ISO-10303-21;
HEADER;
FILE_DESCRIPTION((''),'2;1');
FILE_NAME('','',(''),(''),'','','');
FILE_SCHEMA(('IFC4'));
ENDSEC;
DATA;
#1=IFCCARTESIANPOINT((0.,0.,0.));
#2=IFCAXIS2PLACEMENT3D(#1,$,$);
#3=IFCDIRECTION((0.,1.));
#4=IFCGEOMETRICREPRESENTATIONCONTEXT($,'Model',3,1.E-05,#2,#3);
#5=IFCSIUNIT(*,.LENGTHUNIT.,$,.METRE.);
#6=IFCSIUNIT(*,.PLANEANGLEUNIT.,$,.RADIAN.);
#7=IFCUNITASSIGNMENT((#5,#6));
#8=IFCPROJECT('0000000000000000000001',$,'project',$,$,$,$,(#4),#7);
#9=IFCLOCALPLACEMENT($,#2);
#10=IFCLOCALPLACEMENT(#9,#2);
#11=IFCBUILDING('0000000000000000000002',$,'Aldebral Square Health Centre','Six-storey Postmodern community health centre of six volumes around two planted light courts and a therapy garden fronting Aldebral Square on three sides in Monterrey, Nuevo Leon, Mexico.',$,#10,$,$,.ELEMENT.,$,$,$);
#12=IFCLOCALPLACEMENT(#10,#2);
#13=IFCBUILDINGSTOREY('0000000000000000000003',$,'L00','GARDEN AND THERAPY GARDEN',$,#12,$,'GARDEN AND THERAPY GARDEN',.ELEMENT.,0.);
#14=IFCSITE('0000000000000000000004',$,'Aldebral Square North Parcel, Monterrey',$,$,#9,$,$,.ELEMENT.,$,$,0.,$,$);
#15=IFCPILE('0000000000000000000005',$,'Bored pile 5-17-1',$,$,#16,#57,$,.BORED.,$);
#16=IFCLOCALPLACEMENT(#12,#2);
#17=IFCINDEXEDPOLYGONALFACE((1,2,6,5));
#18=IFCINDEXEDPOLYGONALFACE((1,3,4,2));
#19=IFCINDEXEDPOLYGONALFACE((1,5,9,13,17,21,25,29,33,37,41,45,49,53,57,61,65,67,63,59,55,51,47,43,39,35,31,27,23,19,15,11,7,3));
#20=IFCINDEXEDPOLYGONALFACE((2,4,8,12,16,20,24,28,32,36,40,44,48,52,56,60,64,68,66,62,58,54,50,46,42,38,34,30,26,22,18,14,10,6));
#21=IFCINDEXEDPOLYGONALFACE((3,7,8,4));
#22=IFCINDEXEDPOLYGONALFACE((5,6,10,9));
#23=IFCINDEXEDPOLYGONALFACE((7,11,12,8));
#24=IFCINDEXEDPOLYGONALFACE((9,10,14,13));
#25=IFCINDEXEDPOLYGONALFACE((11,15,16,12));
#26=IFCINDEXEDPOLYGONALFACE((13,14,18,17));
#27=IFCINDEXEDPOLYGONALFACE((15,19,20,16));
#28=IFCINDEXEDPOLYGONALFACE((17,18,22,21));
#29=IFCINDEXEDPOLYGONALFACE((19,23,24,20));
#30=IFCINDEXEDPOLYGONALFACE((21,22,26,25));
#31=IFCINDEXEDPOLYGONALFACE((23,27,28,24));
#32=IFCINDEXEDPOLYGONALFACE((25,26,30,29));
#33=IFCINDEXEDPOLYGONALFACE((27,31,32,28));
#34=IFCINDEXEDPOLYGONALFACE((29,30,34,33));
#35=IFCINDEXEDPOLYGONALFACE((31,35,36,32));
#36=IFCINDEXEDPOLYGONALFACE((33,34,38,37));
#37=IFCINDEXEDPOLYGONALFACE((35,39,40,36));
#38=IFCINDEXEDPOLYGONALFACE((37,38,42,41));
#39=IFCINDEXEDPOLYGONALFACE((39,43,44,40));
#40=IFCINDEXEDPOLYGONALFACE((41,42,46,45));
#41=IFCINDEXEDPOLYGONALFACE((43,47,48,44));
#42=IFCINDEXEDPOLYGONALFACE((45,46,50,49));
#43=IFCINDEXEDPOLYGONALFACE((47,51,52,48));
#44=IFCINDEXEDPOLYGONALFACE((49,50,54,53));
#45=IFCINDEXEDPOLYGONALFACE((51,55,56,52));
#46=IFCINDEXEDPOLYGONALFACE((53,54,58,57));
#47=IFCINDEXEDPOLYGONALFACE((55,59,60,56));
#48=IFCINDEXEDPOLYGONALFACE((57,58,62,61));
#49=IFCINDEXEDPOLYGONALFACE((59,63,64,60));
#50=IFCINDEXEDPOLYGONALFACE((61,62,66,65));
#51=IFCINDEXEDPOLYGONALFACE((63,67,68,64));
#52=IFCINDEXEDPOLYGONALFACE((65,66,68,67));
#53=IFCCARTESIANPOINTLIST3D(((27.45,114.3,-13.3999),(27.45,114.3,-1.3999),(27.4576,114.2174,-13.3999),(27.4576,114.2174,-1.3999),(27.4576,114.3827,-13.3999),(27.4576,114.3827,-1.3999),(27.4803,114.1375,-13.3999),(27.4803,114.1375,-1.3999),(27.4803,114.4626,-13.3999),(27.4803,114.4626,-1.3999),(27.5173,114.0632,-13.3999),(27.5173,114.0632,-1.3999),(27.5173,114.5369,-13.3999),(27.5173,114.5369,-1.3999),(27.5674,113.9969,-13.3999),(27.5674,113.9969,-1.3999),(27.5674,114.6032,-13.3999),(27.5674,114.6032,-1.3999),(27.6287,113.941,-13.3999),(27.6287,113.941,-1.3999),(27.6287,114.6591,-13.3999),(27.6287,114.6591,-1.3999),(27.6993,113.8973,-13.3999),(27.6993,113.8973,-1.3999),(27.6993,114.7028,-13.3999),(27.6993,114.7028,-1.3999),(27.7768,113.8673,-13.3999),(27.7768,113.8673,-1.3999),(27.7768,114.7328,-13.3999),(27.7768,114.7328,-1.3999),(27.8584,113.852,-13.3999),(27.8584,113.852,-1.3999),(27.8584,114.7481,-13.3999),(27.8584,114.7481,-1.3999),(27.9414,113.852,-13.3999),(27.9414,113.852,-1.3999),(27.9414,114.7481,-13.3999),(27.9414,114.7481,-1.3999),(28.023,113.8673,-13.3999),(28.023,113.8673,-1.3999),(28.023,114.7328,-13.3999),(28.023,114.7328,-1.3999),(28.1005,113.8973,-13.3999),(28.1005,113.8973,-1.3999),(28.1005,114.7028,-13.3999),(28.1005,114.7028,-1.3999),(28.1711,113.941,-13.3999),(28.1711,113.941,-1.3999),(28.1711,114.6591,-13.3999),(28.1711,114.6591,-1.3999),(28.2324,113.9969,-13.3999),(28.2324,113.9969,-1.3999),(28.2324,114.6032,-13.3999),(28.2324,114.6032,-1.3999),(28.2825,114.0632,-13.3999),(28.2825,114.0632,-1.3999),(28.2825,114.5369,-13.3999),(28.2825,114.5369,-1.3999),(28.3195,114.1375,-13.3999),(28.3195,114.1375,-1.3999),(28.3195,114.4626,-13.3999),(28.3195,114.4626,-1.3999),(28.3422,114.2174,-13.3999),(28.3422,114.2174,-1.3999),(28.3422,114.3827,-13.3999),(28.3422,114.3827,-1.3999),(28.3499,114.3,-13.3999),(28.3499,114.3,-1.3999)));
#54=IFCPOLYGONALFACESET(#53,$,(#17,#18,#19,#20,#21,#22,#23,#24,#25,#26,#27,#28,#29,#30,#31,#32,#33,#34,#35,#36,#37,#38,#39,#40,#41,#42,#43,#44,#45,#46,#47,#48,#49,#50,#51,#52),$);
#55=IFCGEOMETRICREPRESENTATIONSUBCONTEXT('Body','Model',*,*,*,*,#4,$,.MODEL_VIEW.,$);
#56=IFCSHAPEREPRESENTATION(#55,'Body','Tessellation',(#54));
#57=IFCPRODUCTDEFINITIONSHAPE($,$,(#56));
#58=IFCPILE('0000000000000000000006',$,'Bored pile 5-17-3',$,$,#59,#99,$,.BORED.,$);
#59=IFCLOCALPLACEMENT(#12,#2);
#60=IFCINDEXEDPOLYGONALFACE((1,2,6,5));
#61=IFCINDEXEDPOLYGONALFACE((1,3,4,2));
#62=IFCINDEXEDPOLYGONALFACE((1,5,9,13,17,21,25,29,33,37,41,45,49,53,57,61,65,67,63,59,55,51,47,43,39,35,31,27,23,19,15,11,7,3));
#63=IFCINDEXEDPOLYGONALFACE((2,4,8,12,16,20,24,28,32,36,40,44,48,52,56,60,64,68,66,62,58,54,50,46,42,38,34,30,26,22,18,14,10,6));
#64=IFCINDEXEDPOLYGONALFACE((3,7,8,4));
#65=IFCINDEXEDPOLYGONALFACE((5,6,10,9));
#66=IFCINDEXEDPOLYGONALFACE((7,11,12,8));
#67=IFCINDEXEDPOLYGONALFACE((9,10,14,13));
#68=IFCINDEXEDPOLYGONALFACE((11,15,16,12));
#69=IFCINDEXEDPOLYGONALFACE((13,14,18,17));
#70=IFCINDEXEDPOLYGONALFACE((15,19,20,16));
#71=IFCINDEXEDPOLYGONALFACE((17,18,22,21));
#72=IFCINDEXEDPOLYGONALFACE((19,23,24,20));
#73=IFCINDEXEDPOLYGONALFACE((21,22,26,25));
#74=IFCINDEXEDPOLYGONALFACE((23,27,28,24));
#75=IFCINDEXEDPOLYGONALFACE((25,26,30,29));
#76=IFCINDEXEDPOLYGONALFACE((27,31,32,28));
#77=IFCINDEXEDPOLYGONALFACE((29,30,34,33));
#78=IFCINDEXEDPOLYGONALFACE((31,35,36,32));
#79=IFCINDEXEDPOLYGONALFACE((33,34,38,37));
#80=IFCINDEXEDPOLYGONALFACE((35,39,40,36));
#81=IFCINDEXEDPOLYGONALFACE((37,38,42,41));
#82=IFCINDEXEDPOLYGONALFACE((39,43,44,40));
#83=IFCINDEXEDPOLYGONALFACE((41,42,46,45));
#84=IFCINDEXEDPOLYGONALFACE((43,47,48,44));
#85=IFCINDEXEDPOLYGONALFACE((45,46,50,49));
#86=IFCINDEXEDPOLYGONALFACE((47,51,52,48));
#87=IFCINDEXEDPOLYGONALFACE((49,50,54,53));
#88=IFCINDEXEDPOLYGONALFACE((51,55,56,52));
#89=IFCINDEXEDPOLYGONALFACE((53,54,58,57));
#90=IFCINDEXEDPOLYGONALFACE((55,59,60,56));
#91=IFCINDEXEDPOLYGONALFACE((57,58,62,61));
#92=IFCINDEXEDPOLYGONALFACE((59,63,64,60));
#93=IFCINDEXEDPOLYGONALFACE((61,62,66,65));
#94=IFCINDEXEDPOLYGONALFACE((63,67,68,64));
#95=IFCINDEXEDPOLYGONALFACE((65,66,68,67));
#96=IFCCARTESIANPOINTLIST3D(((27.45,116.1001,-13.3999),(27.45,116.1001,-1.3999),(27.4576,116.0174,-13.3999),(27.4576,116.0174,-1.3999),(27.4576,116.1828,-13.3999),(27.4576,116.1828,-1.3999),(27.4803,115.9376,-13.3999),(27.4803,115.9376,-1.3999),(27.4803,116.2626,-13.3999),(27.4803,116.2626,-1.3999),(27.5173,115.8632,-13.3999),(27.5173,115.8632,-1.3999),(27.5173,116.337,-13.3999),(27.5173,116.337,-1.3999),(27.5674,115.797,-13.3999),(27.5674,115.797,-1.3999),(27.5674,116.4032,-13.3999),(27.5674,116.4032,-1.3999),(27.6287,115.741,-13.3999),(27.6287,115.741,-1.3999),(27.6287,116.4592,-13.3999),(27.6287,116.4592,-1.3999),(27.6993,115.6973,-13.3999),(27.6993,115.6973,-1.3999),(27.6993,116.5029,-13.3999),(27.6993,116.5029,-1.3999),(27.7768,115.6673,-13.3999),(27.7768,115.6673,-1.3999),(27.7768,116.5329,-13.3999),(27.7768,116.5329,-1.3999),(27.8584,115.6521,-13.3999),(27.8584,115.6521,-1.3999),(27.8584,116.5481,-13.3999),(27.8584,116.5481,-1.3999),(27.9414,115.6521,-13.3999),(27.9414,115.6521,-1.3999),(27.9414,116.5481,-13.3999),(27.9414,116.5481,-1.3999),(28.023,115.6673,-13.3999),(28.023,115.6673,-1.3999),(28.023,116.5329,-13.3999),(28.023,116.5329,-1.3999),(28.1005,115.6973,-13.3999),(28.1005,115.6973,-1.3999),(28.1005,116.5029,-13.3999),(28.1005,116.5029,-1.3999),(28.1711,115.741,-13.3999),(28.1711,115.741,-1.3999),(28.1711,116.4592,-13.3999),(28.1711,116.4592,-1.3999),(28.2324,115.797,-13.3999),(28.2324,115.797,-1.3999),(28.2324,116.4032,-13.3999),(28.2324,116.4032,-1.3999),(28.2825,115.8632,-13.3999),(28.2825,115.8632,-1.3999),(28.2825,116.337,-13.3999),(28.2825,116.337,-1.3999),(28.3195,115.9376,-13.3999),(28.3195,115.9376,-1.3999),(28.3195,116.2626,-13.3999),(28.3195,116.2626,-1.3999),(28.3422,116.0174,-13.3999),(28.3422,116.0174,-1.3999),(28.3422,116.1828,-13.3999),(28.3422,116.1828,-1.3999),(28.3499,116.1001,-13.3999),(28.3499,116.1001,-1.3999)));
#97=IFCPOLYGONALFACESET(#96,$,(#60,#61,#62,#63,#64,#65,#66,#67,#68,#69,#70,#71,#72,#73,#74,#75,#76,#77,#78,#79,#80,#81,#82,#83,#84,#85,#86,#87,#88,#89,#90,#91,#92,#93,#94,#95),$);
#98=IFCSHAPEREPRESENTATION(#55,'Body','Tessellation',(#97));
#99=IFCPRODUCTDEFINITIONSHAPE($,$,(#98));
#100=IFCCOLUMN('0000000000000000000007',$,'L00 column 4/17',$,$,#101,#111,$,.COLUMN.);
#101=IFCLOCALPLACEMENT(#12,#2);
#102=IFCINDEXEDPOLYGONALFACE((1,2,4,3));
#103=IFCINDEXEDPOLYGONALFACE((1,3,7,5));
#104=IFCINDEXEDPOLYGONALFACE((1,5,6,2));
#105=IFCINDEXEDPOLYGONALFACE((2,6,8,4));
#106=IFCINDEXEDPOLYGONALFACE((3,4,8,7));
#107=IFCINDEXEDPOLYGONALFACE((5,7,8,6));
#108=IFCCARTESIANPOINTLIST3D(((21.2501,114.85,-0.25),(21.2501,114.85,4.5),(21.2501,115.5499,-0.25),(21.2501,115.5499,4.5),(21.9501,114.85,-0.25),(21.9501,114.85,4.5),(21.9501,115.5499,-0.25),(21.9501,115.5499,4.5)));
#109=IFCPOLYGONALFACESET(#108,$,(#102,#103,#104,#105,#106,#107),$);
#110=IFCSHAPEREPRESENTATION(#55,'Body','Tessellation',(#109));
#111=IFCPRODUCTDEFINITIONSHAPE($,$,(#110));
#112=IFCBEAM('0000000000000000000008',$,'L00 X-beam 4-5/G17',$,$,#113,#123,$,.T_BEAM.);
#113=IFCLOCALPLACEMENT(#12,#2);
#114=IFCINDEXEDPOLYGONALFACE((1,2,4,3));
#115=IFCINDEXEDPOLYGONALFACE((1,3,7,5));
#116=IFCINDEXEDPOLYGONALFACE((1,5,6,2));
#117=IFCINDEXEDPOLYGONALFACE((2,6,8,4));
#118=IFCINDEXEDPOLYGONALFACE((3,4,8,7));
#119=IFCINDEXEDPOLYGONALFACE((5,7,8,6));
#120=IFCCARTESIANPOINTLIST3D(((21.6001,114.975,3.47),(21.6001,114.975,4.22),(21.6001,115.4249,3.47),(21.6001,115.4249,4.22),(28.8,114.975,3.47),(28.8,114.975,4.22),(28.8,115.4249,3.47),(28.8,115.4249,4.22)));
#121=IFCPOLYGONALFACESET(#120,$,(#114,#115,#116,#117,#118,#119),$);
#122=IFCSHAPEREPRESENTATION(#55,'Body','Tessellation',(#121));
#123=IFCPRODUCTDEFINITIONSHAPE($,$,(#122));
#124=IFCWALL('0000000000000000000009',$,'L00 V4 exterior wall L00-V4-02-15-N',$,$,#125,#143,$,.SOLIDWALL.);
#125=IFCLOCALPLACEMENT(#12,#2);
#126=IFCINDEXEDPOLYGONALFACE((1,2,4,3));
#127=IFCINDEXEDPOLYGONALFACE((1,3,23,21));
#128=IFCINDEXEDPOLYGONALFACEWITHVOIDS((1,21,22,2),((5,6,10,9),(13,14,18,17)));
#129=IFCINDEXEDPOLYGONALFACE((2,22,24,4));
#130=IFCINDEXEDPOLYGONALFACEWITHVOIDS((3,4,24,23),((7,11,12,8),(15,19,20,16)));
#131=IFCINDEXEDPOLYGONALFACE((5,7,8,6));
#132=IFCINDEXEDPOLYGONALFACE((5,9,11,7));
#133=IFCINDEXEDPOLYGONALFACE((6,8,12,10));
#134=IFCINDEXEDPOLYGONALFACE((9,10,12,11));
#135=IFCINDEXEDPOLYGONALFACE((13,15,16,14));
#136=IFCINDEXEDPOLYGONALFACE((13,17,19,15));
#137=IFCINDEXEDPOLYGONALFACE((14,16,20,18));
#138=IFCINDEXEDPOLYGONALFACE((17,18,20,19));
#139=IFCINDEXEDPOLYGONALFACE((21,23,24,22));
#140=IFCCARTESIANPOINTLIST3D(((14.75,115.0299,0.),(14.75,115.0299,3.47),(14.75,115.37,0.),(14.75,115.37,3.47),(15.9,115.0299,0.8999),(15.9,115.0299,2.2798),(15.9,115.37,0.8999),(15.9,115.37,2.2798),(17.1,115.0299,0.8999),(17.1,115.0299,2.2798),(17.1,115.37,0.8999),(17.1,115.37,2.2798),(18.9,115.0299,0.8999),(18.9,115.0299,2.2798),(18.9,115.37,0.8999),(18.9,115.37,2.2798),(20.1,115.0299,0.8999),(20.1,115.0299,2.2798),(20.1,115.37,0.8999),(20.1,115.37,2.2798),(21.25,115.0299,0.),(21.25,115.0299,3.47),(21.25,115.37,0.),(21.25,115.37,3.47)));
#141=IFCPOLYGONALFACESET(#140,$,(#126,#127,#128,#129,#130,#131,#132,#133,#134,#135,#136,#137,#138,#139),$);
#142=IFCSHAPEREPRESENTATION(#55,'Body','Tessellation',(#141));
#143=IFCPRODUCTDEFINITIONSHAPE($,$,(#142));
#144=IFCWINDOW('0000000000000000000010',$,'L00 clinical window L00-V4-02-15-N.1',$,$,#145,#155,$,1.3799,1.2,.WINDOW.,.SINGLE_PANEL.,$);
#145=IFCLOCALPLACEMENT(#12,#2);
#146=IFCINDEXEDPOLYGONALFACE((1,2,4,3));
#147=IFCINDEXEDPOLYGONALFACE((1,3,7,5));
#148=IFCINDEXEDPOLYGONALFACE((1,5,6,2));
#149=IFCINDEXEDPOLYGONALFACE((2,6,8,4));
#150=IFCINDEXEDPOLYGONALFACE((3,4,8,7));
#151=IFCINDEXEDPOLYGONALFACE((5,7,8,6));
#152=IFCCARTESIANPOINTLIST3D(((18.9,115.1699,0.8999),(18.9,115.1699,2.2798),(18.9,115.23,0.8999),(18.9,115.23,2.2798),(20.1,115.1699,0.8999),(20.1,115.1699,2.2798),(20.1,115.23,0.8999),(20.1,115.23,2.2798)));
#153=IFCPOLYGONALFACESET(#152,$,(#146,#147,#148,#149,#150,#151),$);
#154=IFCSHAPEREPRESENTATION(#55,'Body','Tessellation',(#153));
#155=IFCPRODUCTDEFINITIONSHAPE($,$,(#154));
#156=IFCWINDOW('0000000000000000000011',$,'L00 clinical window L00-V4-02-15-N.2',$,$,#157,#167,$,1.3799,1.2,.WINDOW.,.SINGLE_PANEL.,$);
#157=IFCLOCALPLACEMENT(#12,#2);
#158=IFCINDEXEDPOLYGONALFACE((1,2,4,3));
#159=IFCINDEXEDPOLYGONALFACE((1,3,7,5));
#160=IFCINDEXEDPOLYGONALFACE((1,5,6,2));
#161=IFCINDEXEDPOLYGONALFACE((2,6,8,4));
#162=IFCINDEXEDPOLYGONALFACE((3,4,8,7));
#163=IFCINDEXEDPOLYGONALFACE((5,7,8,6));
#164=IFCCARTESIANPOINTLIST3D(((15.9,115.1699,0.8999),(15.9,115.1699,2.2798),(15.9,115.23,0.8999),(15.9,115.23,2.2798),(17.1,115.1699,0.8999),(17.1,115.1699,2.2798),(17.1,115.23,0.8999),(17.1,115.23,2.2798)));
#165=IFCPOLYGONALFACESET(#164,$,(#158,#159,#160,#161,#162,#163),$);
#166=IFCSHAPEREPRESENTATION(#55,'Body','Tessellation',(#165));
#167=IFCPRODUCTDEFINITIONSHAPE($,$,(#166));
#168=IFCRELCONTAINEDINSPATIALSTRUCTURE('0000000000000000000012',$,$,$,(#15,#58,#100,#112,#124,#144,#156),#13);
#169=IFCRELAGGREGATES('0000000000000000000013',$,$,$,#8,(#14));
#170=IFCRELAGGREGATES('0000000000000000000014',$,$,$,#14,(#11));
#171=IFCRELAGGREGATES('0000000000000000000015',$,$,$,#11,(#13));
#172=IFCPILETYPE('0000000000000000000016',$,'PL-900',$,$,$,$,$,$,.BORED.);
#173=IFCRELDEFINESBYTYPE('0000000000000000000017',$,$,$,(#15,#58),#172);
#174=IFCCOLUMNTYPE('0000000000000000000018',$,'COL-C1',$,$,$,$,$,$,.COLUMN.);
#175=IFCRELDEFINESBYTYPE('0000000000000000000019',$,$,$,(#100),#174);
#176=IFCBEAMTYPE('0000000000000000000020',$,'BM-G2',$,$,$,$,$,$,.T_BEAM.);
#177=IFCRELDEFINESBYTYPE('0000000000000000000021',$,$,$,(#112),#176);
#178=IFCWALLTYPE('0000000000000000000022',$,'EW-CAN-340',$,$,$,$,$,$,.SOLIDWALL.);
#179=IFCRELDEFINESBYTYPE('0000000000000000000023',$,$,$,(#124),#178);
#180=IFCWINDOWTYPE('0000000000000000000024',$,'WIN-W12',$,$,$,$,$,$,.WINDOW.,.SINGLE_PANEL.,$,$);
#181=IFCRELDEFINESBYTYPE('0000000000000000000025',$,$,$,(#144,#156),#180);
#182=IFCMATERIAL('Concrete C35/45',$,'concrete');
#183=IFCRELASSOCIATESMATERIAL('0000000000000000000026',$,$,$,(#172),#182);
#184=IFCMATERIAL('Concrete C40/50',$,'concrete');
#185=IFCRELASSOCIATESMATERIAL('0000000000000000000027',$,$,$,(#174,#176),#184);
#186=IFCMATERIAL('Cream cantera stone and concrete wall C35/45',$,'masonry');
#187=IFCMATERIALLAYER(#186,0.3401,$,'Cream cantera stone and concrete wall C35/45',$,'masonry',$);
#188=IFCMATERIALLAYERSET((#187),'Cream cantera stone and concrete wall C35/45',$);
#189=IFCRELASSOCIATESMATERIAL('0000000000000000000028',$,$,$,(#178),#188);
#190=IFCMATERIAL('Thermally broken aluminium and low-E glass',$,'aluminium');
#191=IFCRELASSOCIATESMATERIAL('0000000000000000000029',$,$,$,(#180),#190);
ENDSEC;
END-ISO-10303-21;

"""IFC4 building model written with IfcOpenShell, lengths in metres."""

from ifc_helpers import new_model, si_unit, direction, frame, frame_2d, origin, origin_2d, place, context, subcontext, project, spatial, rectangle, circle, extrude, material, layer, layer_set, material_profile, profile_set, type_object, element, fill, save


model = new_model("IFC4")

# Units and contexts
model_context = context("Model", 3, precision=1e-05, world=origin(), true_north=direction((0.0, 1.0)))
body_context = subcontext(model_context, "Body", "Model", "MODEL_VIEW")
ifc_project = project(units=[si_unit("LENGTHUNIT", "METRE"), si_unit("PLANEANGLEUNIT", "RADIAN")], contexts=[model_context])

# Site, building, storey
site_placement = place(None, origin())
site = spatial("IfcSite", under=ifc_project, at=site_placement, Name="Aldebral Square North Parcel, Monterrey", CompositionType="ELEMENT", RefElevation=0.0)
building_placement = place(site_placement, origin())
building = spatial("IfcBuilding", under=site, at=building_placement, Name="Aldebral Square Health Centre", Description="Six-storey Postmodern community health centre of six volumes around two planted light courts and a therapy garden fronting Aldebral Square on three sides in Monterrey, Nuevo Leon, Mexico.", CompositionType="ELEMENT")
storey_placement = place(building_placement, origin())
storey = spatial("IfcBuildingStorey", under=building, at=storey_placement, Name="L00", Description="GARDEN AND THERAPY GARDEN", LongName="GARDEN AND THERAPY GARDEN", CompositionType="ELEMENT", Elevation=0.0)

# Shared definitions
ifc_material_1 = material(Name="Concrete C35/45", Category="concrete")

# Piles
ifc_material_profile_1 = material_profile(ifc_material_1, circle(Radius=0.45, at=origin_2d()), Name="PILE D900")
ifc_profile_set_1 = profile_set([ifc_material_profile_1], Name="Concrete C35/45")
pile_type = type_object("IfcPileType", Name="PL-900", PredefinedType="BORED", material=ifc_profile_set_1)
for number, where, z_axis, x_axis, name in (
    (1, (27.8999, 114.3, -1.3999), (0.0, 0.0, -1.0), (1.0, 0.0, 0.0), "Bored pile 5-17-1"),
    (2, (27.8999, 116.1001, -1.3999), (0.0, 0.0, -1.0), (1.0, 0.0, 0.0), "Bored pile 5-17-3"),
):
    element("IfcPile", number, at=place(storey_placement, frame(where, z_axis=z_axis, x_axis=x_axis)), inside=storey, type_object=pile_type, Name=name, PredefinedType="BORED", context=body_context, shape_type="SweptSolid", body=[
        extrude(circle(Radius=0.45, at=origin_2d()), origin(), (0.0, 0.0, 1.0), 12.0),
    ])

# Column
ifc_material_2 = material(Name="Concrete C40/50", Category="concrete")
ifc_material_profile_2 = material_profile(ifc_material_2, rectangle(XDim=0.7, YDim=0.7, at=origin_2d()), Name="RC 700x700")
ifc_profile_set_2 = profile_set([ifc_material_profile_2], Name="Concrete C40/50")
column_type = type_object("IfcColumnType", Name="COL-C1", PredefinedType="COLUMN", material=ifc_profile_set_2)
column_placement = place(storey_placement, frame((21.6001, 115.2, -0.25), z_axis=(0.0, 0.0, 1.0), x_axis=(1.0, 0.0, 0.0)))
element("IfcColumn", 3, at=column_placement, inside=storey, type_object=column_type, Name="L00 column 4/17", PredefinedType="COLUMN", context=body_context, shape_type="SweptSolid", body=[
    extrude(rectangle(XDim=0.7, YDim=0.7, at=origin_2d()), origin(), (0.0, 0.0, 1.0), 4.75),
])

# Beam
ifc_material_profile_3 = material_profile(ifc_material_2, rectangle(XDim=0.45, YDim=0.75, at=origin_2d()), Name="RC 450x750")
ifc_profile_set_3 = profile_set([ifc_material_profile_3], Name="Concrete C40/50")
beam_type = type_object("IfcBeamType", Name="BM-G2", PredefinedType="T_BEAM", material=ifc_profile_set_3)
beam_placement = place(storey_placement, frame((21.6001, 115.2, 3.845), z_axis=(1.0, 0.0, 0.0), x_axis=(0.0, 1.0, 0.0)))
element("IfcBeam", 4, at=beam_placement, inside=storey, type_object=beam_type, Name="L00 X-beam 4-5/G17", PredefinedType="T_BEAM", context=body_context, shape_type="SweptSolid", body=[
    extrude(rectangle(XDim=0.45, YDim=0.75, at=origin_2d()), origin(), (0.0, 0.0, 1.0), 7.2),
])

# Wall, openings, windows
ifc_material_3 = material(Name="Cream cantera stone and concrete wall C35/45", Category="masonry")
ifc_layer_1 = layer(ifc_material_3, 0.3401, Name="Cream cantera stone and concrete wall C35/45", Category="masonry")
ifc_layer_set_1 = layer_set([ifc_layer_1], Name="Cream cantera stone and concrete wall C35/45")
wall_type_1 = type_object("IfcWallType", Name="EW-CAN-340", PredefinedType="SOLIDWALL", material=ifc_layer_set_1)
wall_1_placement = place(storey_placement, frame((21.25, 115.2, 0.0), z_axis=(0.0, 0.0, 1.0), x_axis=(-1.0, 0.0, 0.0)))
wall_1 = element("IfcWall", 5, at=wall_1_placement, inside=storey, type_object=wall_type_1, Name="L00 V4 exterior wall L00-V4-02-15-N", PredefinedType="SOLIDWALL", context=body_context, shape_type="SweptSolid", body=[
    extrude(rectangle(XDim=6.5, YDim=0.3401, at=frame_2d((3.25, 0.0))), origin(), (0.0, 0.0, 1.0), 3.47),
])
opening_1_placement = place(wall_1_placement, frame((1.1499, 0.0, 0.8999)))
opening_1 = element("IfcOpeningElement", 6, at=opening_1_placement, cuts=wall_1, PredefinedType="OPENING", context=body_context, shape_type="SweptSolid", body=[
    extrude(rectangle(XDim=1.2, YDim=1.3799, at=frame_2d((0.6001, 0.6899))), frame((0.0, 0.1802, 0.0), z_axis=(0.0, -1.0, 0.0), x_axis=(1.0, 0.0, 0.0)), (0.0, 0.0, 1.0), 0.3601),
])
opening_2_placement = place(wall_1_placement, frame((4.1499, 0.0, 0.8999)))
opening_2 = element("IfcOpeningElement", 7, at=opening_2_placement, cuts=wall_1, PredefinedType="OPENING", context=body_context, shape_type="SweptSolid", body=[
    extrude(rectangle(XDim=1.2, YDim=1.3799, at=frame_2d((0.6001, 0.6899))), frame((0.0, 0.1802, 0.0), z_axis=(0.0, -1.0, 0.0), x_axis=(1.0, 0.0, 0.0)), (0.0, 0.0, 1.0), 0.3601),
])
ifc_material_4 = material(Name="Thermally broken aluminium and low-E glass", Category="aluminium")
window_type_1 = type_object("IfcWindowType", Name="WIN-W12", PartitioningType="SINGLE_PANEL", PredefinedType="WINDOW", material=ifc_material_4)
window_1_placement = place(opening_1_placement, origin())
window_1 = element("IfcWindow", 8, at=window_1_placement, inside=storey, type_object=window_type_1, Name="L00 clinical window L00-V4-02-15-N.1", OverallHeight=1.3799, OverallWidth=1.2, PartitioningType="SINGLE_PANEL", PredefinedType="WINDOW", context=body_context, shape_type="SweptSolid", body=[
    extrude(rectangle(XDim=1.2, YDim=1.3799, at=frame_2d((0.6001, 0.6899))), frame((0.0, 0.03, 0.0), z_axis=(0.0, -1.0, 0.0), x_axis=(1.0, 0.0, 0.0)), (0.0, 0.0, 1.0), 0.0601),
])
fill(opening_1, window_1)
window_2_placement = place(opening_2_placement, origin())
window_2 = element("IfcWindow", 9, at=window_2_placement, inside=storey, type_object=window_type_1, Name="L00 clinical window L00-V4-02-15-N.2", OverallHeight=1.3799, OverallWidth=1.2, PartitioningType="SINGLE_PANEL", PredefinedType="WINDOW", context=body_context, shape_type="SweptSolid", body=[
    extrude(rectangle(XDim=1.2, YDim=1.3799, at=frame_2d((0.6001, 0.6899))), frame((0.0, 0.03, 0.0), z_axis=(0.0, -1.0, 0.0), x_axis=(1.0, 0.0, 0.0)), (0.0, 0.0, 1.0), 0.0601),
])
fill(opening_2, window_2)

save(model, "model.ifc")
